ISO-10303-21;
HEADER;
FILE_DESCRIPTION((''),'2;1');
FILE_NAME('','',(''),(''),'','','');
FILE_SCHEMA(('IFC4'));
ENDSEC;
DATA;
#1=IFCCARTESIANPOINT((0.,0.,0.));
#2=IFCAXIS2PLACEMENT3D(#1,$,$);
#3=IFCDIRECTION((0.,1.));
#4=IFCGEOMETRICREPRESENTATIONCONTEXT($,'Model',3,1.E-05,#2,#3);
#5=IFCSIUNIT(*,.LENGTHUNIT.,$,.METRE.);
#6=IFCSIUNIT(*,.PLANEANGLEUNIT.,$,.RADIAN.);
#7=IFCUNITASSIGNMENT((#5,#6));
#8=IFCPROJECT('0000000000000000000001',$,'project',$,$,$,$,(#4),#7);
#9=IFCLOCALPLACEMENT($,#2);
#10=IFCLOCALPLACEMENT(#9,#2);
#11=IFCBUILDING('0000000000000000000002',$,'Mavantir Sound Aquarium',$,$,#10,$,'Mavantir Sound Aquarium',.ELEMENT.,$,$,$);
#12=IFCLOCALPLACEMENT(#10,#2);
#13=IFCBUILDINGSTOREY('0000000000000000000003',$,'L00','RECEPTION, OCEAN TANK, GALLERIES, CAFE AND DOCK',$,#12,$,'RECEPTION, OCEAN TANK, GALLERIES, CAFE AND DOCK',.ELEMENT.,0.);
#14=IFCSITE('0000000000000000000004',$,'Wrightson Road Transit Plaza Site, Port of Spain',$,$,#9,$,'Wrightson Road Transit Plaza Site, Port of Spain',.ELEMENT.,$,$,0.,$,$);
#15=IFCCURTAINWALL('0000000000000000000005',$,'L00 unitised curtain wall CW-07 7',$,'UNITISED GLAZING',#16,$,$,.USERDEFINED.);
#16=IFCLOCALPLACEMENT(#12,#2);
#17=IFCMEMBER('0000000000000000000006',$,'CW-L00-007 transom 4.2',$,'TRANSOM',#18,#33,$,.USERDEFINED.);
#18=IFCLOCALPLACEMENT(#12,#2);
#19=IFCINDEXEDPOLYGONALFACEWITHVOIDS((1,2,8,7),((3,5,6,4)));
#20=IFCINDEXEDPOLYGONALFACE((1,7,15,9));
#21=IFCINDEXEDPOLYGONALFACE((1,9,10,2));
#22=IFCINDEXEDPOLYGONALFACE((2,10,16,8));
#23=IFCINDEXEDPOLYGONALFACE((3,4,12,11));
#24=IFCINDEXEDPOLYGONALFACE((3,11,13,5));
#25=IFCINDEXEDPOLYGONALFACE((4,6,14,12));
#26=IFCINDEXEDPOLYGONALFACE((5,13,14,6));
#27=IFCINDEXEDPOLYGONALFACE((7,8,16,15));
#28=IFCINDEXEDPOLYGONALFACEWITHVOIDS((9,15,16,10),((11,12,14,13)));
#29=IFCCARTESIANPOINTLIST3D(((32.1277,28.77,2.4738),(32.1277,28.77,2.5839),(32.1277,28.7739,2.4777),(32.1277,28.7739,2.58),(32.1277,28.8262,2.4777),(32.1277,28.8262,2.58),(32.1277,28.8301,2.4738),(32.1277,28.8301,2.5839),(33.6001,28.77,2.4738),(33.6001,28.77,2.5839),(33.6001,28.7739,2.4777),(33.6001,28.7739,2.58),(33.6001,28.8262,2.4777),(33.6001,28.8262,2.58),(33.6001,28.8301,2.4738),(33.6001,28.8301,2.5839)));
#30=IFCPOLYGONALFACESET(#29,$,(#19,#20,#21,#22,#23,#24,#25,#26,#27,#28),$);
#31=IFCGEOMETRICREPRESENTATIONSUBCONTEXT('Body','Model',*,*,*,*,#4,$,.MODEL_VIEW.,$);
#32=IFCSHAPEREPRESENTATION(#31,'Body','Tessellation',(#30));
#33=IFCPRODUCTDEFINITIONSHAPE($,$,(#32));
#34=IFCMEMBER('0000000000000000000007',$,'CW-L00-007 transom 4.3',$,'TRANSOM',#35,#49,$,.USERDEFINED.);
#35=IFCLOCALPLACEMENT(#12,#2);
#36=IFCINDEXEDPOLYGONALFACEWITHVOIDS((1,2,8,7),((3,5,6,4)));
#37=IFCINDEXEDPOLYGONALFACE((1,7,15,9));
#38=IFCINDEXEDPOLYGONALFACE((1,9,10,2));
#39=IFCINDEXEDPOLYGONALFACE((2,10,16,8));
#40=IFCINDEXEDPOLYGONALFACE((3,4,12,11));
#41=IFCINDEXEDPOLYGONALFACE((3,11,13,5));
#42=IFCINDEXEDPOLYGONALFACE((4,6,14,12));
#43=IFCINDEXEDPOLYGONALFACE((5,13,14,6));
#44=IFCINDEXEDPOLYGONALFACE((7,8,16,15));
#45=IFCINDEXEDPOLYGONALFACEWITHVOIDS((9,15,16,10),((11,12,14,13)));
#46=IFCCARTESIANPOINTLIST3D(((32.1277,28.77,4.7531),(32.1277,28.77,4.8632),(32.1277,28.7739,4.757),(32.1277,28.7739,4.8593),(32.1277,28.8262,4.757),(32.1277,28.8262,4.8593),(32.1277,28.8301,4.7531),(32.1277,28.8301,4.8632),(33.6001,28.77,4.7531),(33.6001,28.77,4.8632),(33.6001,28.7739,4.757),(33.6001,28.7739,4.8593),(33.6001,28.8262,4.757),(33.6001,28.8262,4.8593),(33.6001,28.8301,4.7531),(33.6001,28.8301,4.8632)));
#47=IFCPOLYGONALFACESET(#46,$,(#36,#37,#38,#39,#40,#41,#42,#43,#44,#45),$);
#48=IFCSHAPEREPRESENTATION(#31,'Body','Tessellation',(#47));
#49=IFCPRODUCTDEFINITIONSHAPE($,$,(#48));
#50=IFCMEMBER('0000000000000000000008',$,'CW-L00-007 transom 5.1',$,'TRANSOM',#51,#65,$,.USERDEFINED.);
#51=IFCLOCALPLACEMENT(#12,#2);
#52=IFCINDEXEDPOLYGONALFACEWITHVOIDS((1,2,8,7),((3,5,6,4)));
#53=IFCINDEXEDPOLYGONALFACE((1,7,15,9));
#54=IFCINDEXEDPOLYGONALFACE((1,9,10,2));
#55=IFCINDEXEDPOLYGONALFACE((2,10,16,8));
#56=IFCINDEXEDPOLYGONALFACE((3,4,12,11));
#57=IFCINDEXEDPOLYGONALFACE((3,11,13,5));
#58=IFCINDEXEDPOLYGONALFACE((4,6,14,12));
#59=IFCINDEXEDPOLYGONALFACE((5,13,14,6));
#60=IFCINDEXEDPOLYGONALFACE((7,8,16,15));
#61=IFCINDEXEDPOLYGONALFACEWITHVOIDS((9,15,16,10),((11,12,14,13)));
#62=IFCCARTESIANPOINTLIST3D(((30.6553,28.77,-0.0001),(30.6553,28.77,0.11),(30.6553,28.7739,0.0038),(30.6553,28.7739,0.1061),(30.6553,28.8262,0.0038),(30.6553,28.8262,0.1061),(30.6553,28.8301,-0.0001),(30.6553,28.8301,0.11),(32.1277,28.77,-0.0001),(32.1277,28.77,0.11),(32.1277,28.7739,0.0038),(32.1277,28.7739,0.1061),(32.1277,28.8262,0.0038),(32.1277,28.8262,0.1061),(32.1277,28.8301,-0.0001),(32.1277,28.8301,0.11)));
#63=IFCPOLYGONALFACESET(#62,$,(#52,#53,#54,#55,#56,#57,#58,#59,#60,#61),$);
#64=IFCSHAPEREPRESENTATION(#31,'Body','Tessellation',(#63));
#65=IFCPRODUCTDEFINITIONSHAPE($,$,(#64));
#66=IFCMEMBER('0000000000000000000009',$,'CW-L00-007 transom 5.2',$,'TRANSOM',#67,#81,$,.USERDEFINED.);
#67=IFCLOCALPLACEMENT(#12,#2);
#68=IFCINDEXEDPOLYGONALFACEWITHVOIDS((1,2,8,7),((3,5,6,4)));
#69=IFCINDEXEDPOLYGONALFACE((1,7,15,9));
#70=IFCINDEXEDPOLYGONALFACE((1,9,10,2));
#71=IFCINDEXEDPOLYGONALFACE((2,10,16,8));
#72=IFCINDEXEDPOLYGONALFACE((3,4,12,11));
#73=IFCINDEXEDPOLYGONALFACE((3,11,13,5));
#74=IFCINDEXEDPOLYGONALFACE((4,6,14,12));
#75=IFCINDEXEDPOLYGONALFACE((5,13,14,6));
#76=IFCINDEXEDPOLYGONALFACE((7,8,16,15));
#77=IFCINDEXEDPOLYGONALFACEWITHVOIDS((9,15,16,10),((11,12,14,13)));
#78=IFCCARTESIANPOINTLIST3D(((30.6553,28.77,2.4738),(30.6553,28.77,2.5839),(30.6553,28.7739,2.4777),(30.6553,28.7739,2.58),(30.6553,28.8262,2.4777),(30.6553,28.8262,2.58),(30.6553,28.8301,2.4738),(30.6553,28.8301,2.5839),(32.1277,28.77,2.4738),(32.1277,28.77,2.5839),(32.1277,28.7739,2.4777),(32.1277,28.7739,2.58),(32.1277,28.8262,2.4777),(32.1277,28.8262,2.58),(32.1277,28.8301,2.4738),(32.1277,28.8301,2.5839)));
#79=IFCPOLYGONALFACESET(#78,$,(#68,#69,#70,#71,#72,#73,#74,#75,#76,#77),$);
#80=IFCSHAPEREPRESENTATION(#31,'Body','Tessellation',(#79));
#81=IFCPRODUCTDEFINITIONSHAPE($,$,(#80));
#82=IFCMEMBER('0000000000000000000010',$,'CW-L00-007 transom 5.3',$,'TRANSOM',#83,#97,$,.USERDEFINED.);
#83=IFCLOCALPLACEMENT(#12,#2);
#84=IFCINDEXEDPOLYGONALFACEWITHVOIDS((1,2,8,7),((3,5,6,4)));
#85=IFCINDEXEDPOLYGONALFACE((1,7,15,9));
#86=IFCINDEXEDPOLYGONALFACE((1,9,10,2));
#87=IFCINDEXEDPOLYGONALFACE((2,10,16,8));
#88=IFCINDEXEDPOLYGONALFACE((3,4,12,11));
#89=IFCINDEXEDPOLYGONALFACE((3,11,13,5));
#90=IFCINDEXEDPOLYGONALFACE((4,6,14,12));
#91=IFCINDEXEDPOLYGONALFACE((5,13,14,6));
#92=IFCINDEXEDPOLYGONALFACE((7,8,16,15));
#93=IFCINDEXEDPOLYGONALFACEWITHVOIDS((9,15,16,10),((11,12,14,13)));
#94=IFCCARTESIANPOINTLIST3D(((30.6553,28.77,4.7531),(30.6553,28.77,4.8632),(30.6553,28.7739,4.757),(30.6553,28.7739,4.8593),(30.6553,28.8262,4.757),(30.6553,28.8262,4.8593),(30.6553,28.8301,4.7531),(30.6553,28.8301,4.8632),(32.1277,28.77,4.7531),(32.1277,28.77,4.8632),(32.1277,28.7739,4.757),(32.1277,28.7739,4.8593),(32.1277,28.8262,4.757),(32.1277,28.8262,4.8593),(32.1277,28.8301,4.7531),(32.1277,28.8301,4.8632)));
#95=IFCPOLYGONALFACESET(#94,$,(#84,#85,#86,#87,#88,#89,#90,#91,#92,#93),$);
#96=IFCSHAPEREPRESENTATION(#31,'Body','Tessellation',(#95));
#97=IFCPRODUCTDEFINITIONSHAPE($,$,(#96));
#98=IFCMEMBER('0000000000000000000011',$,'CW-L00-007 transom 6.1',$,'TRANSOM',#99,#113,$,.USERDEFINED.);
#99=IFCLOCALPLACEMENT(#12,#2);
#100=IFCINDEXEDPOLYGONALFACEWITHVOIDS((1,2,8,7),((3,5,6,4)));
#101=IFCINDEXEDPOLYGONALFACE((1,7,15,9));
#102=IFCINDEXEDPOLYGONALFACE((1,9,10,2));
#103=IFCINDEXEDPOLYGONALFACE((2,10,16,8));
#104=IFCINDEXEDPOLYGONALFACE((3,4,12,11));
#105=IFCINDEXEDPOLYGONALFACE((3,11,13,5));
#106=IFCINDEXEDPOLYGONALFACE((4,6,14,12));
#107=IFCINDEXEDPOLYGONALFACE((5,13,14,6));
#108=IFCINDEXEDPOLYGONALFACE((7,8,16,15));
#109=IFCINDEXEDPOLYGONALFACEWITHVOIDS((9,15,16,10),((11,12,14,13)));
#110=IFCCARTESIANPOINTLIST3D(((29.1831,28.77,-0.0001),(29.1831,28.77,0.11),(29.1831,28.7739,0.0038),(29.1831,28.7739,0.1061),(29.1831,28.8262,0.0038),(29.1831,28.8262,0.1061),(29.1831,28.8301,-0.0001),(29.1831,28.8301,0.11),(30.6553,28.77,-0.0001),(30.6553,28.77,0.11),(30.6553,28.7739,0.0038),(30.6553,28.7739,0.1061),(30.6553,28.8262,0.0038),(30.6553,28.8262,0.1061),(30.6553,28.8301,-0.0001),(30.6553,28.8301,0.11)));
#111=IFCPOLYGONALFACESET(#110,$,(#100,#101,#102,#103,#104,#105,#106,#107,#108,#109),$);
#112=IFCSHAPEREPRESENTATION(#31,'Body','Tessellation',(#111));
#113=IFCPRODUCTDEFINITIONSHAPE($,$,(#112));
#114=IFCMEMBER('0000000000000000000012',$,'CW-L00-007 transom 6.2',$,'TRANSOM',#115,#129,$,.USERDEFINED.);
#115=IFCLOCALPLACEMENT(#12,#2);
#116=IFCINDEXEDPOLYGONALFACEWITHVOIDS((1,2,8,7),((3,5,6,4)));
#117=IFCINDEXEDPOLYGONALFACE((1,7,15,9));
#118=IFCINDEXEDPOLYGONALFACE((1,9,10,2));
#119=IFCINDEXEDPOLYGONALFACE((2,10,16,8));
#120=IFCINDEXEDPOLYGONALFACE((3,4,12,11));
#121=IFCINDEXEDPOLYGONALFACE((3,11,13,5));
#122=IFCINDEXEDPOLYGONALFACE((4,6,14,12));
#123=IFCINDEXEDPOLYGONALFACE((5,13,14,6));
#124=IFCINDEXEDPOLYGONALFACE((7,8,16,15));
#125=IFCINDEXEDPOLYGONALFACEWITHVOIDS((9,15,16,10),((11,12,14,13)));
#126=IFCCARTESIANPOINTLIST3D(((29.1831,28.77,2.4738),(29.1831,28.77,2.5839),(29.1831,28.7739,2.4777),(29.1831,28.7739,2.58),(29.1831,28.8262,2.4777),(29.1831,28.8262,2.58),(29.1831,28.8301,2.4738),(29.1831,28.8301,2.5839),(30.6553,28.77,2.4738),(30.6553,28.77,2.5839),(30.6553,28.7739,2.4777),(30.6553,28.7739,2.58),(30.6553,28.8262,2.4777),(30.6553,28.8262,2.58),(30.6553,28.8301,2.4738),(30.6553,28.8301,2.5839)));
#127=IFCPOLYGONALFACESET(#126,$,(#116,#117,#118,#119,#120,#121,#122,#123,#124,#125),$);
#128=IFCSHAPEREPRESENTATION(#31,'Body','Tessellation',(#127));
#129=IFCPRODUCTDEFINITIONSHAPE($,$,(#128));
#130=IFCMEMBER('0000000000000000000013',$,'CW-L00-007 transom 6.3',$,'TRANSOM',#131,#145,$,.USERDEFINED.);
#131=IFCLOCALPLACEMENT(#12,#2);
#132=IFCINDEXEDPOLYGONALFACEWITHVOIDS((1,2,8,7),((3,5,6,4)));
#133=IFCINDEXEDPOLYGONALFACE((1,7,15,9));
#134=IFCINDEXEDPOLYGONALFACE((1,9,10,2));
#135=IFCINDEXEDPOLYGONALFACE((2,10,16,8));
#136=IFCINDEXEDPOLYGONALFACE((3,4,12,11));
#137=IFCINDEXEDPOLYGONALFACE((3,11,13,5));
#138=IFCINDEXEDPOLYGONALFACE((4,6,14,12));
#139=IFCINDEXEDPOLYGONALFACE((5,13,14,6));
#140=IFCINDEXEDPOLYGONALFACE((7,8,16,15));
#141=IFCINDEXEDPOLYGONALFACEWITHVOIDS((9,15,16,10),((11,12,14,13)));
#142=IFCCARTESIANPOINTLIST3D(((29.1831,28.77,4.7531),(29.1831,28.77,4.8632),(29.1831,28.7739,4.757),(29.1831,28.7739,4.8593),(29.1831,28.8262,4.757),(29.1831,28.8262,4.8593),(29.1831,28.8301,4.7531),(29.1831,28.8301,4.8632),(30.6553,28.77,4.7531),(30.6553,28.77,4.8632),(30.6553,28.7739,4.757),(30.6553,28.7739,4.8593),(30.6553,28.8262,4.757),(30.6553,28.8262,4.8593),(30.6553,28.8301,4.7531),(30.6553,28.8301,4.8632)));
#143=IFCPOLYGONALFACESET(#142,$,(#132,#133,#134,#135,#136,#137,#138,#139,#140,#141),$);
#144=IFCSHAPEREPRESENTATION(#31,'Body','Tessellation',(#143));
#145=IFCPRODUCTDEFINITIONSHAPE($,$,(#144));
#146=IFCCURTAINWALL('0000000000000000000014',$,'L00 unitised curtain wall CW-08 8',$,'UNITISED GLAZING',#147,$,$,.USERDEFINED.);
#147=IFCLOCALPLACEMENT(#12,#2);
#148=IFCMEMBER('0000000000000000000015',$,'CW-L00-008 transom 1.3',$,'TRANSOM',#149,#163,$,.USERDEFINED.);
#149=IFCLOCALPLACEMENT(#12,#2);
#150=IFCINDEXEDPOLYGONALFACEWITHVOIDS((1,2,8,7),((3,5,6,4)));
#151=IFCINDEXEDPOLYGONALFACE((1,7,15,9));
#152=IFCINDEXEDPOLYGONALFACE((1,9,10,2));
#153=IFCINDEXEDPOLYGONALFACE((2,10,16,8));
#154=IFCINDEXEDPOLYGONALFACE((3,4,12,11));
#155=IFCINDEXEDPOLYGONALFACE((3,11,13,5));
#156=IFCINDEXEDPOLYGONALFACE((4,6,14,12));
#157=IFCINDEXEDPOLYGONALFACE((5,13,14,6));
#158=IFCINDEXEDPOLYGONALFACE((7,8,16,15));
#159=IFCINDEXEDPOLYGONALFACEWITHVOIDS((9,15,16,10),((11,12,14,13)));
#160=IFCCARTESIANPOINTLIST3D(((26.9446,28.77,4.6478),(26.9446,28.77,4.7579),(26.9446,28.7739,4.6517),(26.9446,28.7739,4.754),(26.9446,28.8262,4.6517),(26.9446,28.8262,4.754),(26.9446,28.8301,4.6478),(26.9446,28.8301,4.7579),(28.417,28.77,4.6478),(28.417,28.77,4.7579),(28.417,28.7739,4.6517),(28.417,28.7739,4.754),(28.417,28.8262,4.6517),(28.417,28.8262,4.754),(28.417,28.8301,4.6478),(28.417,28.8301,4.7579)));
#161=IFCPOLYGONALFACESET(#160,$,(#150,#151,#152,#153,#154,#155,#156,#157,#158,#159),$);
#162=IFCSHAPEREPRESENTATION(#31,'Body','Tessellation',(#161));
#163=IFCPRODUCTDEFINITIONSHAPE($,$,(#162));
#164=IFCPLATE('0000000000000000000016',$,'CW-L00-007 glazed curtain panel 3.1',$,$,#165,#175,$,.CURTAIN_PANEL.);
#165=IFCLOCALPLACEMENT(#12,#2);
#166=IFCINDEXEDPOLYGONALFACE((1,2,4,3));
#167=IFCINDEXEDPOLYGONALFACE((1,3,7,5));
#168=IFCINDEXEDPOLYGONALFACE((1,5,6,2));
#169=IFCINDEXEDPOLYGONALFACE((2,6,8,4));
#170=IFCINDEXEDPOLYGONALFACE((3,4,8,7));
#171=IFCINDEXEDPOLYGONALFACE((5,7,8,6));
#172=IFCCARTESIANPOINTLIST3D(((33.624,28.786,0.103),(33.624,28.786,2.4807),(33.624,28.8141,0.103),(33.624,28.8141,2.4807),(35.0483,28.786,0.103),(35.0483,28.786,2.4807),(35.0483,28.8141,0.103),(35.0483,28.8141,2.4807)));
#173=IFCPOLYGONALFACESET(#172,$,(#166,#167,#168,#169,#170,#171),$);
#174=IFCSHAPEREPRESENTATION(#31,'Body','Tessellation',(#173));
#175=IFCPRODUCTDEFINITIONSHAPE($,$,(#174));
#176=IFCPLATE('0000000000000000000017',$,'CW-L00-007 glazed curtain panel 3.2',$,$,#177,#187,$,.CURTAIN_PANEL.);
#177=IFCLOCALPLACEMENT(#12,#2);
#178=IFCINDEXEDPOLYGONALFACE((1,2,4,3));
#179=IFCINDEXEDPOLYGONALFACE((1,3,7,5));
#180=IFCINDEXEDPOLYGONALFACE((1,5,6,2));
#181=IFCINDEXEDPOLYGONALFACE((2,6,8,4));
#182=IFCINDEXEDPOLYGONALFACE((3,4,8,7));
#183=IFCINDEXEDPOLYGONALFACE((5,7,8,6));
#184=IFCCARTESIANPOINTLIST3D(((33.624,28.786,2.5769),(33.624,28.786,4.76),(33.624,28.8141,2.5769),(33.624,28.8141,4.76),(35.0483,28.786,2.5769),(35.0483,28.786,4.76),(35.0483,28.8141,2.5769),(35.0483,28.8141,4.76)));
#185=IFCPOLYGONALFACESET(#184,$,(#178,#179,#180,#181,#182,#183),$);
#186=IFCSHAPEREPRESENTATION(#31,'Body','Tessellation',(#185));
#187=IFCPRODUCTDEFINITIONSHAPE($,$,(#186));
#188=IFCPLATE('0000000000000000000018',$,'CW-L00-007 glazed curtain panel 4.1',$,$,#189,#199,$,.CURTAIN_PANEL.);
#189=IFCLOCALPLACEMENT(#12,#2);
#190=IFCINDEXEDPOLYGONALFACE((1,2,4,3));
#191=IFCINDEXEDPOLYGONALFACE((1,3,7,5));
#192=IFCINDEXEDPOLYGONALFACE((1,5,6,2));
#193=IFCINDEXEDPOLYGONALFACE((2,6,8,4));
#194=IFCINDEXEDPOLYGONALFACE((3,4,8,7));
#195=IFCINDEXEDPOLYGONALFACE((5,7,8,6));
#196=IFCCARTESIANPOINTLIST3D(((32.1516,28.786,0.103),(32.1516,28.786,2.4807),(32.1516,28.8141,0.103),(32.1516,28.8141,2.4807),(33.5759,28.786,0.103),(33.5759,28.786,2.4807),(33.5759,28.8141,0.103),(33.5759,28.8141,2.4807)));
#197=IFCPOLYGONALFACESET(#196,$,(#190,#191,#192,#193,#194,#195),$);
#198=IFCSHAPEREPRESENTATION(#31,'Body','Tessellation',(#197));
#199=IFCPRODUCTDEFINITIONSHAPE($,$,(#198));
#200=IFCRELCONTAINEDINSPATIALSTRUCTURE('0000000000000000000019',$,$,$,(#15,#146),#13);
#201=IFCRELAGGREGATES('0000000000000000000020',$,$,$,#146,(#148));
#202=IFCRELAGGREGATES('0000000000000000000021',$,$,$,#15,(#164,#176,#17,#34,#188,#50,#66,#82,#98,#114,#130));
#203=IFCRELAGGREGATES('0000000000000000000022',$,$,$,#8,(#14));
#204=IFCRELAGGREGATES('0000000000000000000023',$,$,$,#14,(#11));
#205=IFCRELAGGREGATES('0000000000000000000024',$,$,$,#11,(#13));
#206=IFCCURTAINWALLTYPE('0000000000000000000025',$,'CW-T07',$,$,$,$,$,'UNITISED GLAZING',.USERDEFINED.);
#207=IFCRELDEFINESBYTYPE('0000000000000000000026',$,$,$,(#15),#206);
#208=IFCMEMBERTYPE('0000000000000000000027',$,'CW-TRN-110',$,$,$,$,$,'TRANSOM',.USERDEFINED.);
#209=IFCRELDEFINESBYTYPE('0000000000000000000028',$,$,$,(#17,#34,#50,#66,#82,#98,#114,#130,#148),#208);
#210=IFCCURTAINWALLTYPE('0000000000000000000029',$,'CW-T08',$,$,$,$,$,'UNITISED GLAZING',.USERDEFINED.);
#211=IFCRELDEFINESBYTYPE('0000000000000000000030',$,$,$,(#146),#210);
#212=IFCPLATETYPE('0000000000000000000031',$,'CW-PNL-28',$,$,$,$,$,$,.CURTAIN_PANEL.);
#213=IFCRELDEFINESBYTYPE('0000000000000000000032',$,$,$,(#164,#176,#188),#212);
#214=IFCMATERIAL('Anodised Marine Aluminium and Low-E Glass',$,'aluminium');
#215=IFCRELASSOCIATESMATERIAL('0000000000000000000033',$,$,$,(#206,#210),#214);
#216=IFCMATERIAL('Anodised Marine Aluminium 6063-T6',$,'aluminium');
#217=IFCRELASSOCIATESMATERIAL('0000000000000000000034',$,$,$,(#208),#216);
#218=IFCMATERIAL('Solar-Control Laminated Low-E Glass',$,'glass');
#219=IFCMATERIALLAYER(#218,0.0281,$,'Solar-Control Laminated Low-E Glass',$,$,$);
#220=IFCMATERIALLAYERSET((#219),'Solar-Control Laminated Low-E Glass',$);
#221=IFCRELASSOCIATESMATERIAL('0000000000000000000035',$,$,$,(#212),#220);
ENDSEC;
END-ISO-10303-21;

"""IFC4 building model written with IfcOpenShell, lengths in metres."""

from ifc_helpers import new_model, si_unit, direction, frame, origin, origin_2d, place, context, subcontext, project, spatial, rectangle, hollow_rectangle, extrude, material, layer, layer_set, material_profile, profile_set, type_object, element, aggregate, save


model = new_model("IFC4")

# Units and contexts
model_context = context("Model", 3, precision=1e-05, world=origin(), true_north=direction((0.0, 1.0)))
body_context = subcontext(model_context, "Body", "Model", "MODEL_VIEW")
ifc_project = project(units=[si_unit("LENGTHUNIT", "METRE"), si_unit("PLANEANGLEUNIT", "RADIAN")], contexts=[model_context])

# Site, building, storey
site_placement = place(None, origin())
site = spatial("IfcSite", under=ifc_project, at=site_placement, Name="Wrightson Road Transit Plaza Site, Port of Spain", LongName="Wrightson Road Transit Plaza Site, Port of Spain", CompositionType="ELEMENT", RefElevation=0.0)
building_placement = place(site_placement, origin())
building = spatial("IfcBuilding", under=site, at=building_placement, Name="Mavantir Sound Aquarium", LongName="Mavantir Sound Aquarium", CompositionType="ELEMENT")
storey_placement = place(building_placement, origin())
storey = spatial("IfcBuildingStorey", under=building, at=storey_placement, Name="L00", Description="RECEPTION, OCEAN TANK, GALLERIES, CAFE AND DOCK", LongName="RECEPTION, OCEAN TANK, GALLERIES, CAFE AND DOCK", CompositionType="ELEMENT", Elevation=0.0)

# Curtain wall, members
ifc_material_1 = material(Name="Anodised Marine Aluminium and Low-E Glass", Category="aluminium")
curtain_wall_type_1 = type_object("IfcCurtainWallType", Name="CW-T07", ElementType="UNITISED GLAZING", PredefinedType="USERDEFINED", material=ifc_material_1)
curtain_wall_1_placement = place(storey_placement, origin())
curtain_wall_1 = element("IfcCurtainWall", 1, at=curtain_wall_1_placement, inside=storey, type_object=curtain_wall_type_1, Name="L00 unitised curtain wall CW-07 7", ObjectType="UNITISED GLAZING", PredefinedType="USERDEFINED")
ifc_material_2 = material(Name="Anodised Marine Aluminium 6063-T6", Category="aluminium")
ifc_material_profile_1 = material_profile(ifc_material_2, hollow_rectangle(XDim=0.0601, YDim=0.1101, WallThickness=0.0039, at=origin_2d()), Name="ALU-TRANSOM-110X60")
ifc_profile_set_1 = profile_set([ifc_material_profile_1], Name="Anodised Marine Aluminium 6063-T6")
member_type_1 = type_object("IfcMemberType", Name="CW-TRN-110", ElementType="TRANSOM", PredefinedType="USERDEFINED", material=ifc_profile_set_1)
member_1_placement = place(storey_placement, frame((33.6001, 28.8, 2.5288), z_axis=(-1.0, 0.0, 0.0), x_axis=(0.0, -1.0, 0.0)))
member_1 = element("IfcMember", 2, at=member_1_placement, type_object=member_type_1, Name="CW-L00-007 transom 4.2", ObjectType="TRANSOM", PredefinedType="USERDEFINED", context=body_context, shape_type="SweptSolid", body=[
    extrude(hollow_rectangle(XDim=0.0601, YDim=0.1101, WallThickness=0.0039, at=origin_2d()), origin(), (0.0, 0.0, 1.0), 1.4724),
])
member_2_placement = place(storey_placement, frame((33.6001, 28.8, 4.8081), z_axis=(-1.0, 0.0, 0.0), x_axis=(0.0, -1.0, 0.0)))
member_2 = element("IfcMember", 3, at=member_2_placement, type_object=member_type_1, Name="CW-L00-007 transom 4.3", ObjectType="TRANSOM", PredefinedType="USERDEFINED", context=body_context, shape_type="SweptSolid", body=[
    extrude(hollow_rectangle(XDim=0.0601, YDim=0.1101, WallThickness=0.0039, at=origin_2d()), origin(), (0.0, 0.0, 1.0), 1.4724),
])
member_3_placement = place(storey_placement, frame((32.1277, 28.8, 0.0549), z_axis=(-1.0, 0.0, 0.0), x_axis=(0.0, -1.0, 0.0)))
member_3 = element("IfcMember", 4, at=member_3_placement, type_object=member_type_1, Name="CW-L00-007 transom 5.1", ObjectType="TRANSOM", PredefinedType="USERDEFINED", context=body_context, shape_type="SweptSolid", body=[
    extrude(hollow_rectangle(XDim=0.0601, YDim=0.1101, WallThickness=0.0039, at=origin_2d()), origin(), (0.0, 0.0, 1.0), 1.4724),
])
member_4_placement = place(storey_placement, frame((32.1277, 28.8, 2.5288), z_axis=(-1.0, 0.0, 0.0), x_axis=(0.0, -1.0, 0.0)))
member_4 = element("IfcMember", 5, at=member_4_placement, type_object=member_type_1, Name="CW-L00-007 transom 5.2", ObjectType="TRANSOM", PredefinedType="USERDEFINED", context=body_context, shape_type="SweptSolid", body=[
    extrude(hollow_rectangle(XDim=0.0601, YDim=0.1101, WallThickness=0.0039, at=origin_2d()), origin(), (0.0, 0.0, 1.0), 1.4724),
])
member_5_placement = place(storey_placement, frame((32.1277, 28.8, 4.8081), z_axis=(-1.0, 0.0, 0.0), x_axis=(0.0, -1.0, 0.0)))
member_5 = element("IfcMember", 6, at=member_5_placement, type_object=member_type_1, Name="CW-L00-007 transom 5.3", ObjectType="TRANSOM", PredefinedType="USERDEFINED", context=body_context, shape_type="SweptSolid", body=[
    extrude(hollow_rectangle(XDim=0.0601, YDim=0.1101, WallThickness=0.0039, at=origin_2d()), origin(), (0.0, 0.0, 1.0), 1.4724),
])
member_6_placement = place(storey_placement, frame((30.6553, 28.8, 0.0549), z_axis=(-1.0, 0.0, 0.0), x_axis=(0.0, -1.0, 0.0)))
member_6 = element("IfcMember", 7, at=member_6_placement, type_object=member_type_1, Name="CW-L00-007 transom 6.1", ObjectType="TRANSOM", PredefinedType="USERDEFINED", context=body_context, shape_type="SweptSolid", body=[
    extrude(hollow_rectangle(XDim=0.0601, YDim=0.1101, WallThickness=0.0039, at=origin_2d()), origin(), (0.0, 0.0, 1.0), 1.4722),
])
member_7_placement = place(storey_placement, frame((30.6553, 28.8, 2.5288), z_axis=(-1.0, 0.0, 0.0), x_axis=(0.0, -1.0, 0.0)))
member_7 = element("IfcMember", 8, at=member_7_placement, type_object=member_type_1, Name="CW-L00-007 transom 6.2", ObjectType="TRANSOM", PredefinedType="USERDEFINED", context=body_context, shape_type="SweptSolid", body=[
    extrude(hollow_rectangle(XDim=0.0601, YDim=0.1101, WallThickness=0.0039, at=origin_2d()), origin(), (0.0, 0.0, 1.0), 1.4722),
])
member_8_placement = place(storey_placement, frame((30.6553, 28.8, 4.8081), z_axis=(-1.0, 0.0, 0.0), x_axis=(0.0, -1.0, 0.0)))
member_8 = element("IfcMember", 9, at=member_8_placement, type_object=member_type_1, Name="CW-L00-007 transom 6.3", ObjectType="TRANSOM", PredefinedType="USERDEFINED", context=body_context, shape_type="SweptSolid", body=[
    extrude(hollow_rectangle(XDim=0.0601, YDim=0.1101, WallThickness=0.0039, at=origin_2d()), origin(), (0.0, 0.0, 1.0), 1.4722),
])

# Curtain wall, member
curtain_wall_type_2 = type_object("IfcCurtainWallType", Name="CW-T08", ElementType="UNITISED GLAZING", PredefinedType="USERDEFINED", material=ifc_material_1)
curtain_wall_2_placement = place(storey_placement, origin())
curtain_wall_2 = element("IfcCurtainWall", 10, at=curtain_wall_2_placement, inside=storey, type_object=curtain_wall_type_2, Name="L00 unitised curtain wall CW-08 8", ObjectType="UNITISED GLAZING", PredefinedType="USERDEFINED")
member_9_placement = place(storey_placement, frame((28.417, 28.8, 4.7029), z_axis=(-1.0, 0.0, 0.0), x_axis=(0.0, -1.0, 0.0)))
member_9 = element("IfcMember", 11, at=member_9_placement, type_object=member_type_1, Name="CW-L00-008 transom 1.3", ObjectType="TRANSOM", PredefinedType="USERDEFINED", context=body_context, shape_type="SweptSolid", body=[
    extrude(hollow_rectangle(XDim=0.0601, YDim=0.1101, WallThickness=0.0039, at=origin_2d()), origin(), (0.0, 0.0, 1.0), 1.4724),
])
aggregate(curtain_wall_2, [member_9])

# Plates
ifc_material_3 = material(Name="Solar-Control Laminated Low-E Glass", Category="glass")
ifc_layer = layer(ifc_material_3, 0.0281, Name="Solar-Control Laminated Low-E Glass")
ifc_layer_set = layer_set([ifc_layer], Name="Solar-Control Laminated Low-E Glass")
plate_type = type_object("IfcPlateType", Name="CW-PNL-28", PredefinedType="CURTAIN_PANEL", material=ifc_layer_set)
plate_1_placement = place(storey_placement, frame((34.3362, 28.8, 0.103), z_axis=(0.0, 0.0, 1.0), x_axis=(-1.0, 0.0, 0.0)))
plate_1 = element("IfcPlate", 12, at=plate_1_placement, type_object=plate_type, Name="CW-L00-007 glazed curtain panel 3.1", PredefinedType="CURTAIN_PANEL", context=body_context, shape_type="SweptSolid", body=[
    extrude(rectangle(XDim=1.4243, YDim=0.0281, at=origin_2d()), origin(), (0.0, 0.0, 1.0), 2.3777),
])
plate_2_placement = place(storey_placement, frame((34.3362, 28.8, 2.5769), z_axis=(0.0, 0.0, 1.0), x_axis=(-1.0, 0.0, 0.0)))
plate_2 = element("IfcPlate", 13, at=plate_2_placement, type_object=plate_type, Name="CW-L00-007 glazed curtain panel 3.2", PredefinedType="CURTAIN_PANEL", context=body_context, shape_type="SweptSolid", body=[
    extrude(rectangle(XDim=1.4243, YDim=0.0281, at=origin_2d()), origin(), (0.0, 0.0, 1.0), 2.1831),
])
plate_3_placement = place(storey_placement, frame((32.8638, 28.8, 0.103), z_axis=(0.0, 0.0, 1.0), x_axis=(-1.0, 0.0, 0.0)))
plate_3 = element("IfcPlate", 14, at=plate_3_placement, type_object=plate_type, Name="CW-L00-007 glazed curtain panel 4.1", PredefinedType="CURTAIN_PANEL", context=body_context, shape_type="SweptSolid", body=[
    extrude(rectangle(XDim=1.4243, YDim=0.0281, at=origin_2d()), origin(), (0.0, 0.0, 1.0), 2.3777),
])
aggregate(curtain_wall_1, [plate_1, plate_2, member_1, member_2, plate_3, member_3, member_4, member_5, member_6, member_7, member_8])

save(model, "model.ifc")
